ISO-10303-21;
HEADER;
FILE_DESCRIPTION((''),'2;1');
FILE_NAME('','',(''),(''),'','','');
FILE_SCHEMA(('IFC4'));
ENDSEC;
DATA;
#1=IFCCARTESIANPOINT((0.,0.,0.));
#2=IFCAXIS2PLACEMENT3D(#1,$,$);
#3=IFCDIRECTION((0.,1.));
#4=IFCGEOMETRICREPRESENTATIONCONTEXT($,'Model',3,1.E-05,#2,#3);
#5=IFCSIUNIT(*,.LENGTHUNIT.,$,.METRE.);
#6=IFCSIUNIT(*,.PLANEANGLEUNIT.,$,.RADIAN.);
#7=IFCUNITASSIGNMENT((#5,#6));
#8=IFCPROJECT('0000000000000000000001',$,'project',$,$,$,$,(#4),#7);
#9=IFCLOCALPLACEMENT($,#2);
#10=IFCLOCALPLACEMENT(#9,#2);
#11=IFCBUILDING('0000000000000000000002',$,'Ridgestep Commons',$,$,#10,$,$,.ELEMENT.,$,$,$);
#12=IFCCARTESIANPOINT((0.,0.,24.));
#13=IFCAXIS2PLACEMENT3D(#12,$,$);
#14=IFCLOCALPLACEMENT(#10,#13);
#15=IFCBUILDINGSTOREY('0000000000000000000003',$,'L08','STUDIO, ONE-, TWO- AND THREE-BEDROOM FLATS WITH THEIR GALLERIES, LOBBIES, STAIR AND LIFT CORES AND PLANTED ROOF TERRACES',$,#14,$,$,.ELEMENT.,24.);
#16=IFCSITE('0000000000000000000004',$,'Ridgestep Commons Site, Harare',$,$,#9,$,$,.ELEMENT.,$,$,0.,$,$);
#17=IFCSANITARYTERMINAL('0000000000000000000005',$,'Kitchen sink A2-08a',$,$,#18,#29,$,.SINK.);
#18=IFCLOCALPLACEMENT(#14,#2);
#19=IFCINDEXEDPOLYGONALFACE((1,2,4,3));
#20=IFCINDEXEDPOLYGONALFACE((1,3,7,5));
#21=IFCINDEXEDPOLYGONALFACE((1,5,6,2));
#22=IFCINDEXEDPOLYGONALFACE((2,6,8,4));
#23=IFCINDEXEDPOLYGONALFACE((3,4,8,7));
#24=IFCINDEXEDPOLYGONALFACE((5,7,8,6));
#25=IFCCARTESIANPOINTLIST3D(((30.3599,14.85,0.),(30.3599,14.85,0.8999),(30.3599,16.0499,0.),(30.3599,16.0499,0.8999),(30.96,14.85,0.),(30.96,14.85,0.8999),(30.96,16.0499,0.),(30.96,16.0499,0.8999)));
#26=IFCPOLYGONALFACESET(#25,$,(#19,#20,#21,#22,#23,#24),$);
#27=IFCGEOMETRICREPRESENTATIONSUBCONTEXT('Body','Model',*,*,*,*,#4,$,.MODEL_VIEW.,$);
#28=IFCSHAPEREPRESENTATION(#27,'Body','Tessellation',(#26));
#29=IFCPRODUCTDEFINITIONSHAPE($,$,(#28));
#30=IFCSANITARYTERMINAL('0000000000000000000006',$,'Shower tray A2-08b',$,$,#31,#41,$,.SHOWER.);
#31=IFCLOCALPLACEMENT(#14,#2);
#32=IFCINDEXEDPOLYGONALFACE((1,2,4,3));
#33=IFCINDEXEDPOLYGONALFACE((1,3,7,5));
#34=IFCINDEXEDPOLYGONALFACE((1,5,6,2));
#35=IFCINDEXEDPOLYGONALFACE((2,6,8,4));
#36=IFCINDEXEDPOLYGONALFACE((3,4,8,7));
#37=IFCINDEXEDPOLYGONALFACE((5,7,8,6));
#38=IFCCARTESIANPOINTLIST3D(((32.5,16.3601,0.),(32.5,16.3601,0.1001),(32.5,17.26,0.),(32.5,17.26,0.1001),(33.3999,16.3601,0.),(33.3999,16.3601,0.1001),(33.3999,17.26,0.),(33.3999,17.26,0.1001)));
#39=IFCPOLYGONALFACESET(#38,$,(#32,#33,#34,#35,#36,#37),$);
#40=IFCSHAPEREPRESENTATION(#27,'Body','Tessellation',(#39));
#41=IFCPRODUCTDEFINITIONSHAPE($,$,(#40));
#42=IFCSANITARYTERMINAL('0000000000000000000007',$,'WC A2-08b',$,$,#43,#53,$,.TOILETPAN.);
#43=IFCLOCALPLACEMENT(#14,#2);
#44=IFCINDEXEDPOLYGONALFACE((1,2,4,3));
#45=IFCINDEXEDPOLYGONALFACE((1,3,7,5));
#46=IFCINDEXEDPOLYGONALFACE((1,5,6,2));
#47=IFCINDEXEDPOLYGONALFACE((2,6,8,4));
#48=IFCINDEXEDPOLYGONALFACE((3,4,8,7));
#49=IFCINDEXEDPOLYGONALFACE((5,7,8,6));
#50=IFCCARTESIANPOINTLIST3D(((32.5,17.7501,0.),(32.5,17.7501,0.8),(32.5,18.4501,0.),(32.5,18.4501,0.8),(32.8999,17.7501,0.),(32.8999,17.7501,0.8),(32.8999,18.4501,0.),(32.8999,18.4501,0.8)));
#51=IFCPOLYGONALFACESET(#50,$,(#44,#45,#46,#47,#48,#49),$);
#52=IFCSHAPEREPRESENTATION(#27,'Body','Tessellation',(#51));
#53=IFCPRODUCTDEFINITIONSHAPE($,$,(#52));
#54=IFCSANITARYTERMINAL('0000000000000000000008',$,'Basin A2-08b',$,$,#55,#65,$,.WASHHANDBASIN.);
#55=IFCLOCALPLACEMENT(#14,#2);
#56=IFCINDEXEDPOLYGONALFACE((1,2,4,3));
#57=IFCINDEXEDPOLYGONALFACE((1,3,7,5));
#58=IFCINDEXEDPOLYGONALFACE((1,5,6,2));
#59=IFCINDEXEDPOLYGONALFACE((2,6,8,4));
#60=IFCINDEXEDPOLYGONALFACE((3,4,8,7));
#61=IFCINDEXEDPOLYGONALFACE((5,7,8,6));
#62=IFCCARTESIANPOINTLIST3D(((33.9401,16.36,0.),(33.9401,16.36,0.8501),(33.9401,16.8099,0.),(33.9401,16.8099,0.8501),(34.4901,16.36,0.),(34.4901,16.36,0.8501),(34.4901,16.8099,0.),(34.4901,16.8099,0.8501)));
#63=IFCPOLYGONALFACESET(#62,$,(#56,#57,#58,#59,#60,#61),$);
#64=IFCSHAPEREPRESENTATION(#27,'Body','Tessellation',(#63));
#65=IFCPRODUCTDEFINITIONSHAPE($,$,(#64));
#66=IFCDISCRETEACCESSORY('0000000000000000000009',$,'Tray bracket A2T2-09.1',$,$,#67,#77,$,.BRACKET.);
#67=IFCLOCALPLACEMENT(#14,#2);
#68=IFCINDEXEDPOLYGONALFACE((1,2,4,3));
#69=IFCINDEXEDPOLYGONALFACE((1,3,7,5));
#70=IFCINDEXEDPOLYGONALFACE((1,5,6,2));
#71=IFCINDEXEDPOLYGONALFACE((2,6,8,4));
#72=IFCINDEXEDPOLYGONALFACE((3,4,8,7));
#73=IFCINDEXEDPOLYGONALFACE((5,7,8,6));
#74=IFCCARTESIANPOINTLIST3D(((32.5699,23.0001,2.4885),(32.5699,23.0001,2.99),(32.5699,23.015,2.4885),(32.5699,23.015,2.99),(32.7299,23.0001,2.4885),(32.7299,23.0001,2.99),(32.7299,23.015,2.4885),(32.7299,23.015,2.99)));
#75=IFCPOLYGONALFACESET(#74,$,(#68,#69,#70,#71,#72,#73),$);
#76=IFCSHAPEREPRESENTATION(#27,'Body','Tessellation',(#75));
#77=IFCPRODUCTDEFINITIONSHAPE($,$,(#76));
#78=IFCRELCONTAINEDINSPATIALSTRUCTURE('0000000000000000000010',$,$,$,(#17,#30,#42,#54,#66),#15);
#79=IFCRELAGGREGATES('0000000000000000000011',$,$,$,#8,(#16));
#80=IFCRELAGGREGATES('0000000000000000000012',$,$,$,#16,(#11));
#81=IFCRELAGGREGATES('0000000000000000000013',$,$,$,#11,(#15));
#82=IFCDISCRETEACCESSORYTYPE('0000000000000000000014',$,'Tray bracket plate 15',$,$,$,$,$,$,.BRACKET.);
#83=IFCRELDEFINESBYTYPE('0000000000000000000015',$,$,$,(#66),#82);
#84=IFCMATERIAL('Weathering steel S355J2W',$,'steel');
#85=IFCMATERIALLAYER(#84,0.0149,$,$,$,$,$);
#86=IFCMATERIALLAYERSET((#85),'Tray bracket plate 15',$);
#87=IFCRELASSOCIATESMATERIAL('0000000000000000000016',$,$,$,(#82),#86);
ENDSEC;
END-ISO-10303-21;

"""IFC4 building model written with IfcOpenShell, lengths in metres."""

from ifc_helpers import new_model, si_unit, direction, frame, origin, origin_2d, place, context, subcontext, project, spatial, rectangle, extrude, material, layer, layer_set, type_object, element, save


model = new_model("IFC4")

# Units and contexts
model_context = context("Model", 3, precision=1e-05, world=origin(), true_north=direction((0.0, 1.0)))
body_context = subcontext(model_context, "Body", "Model", "MODEL_VIEW")
ifc_project = project(units=[si_unit("LENGTHUNIT", "METRE"), si_unit("PLANEANGLEUNIT", "RADIAN")], contexts=[model_context])

# Site, building, storey
site_placement = place(None, origin())
site = spatial("IfcSite", under=ifc_project, at=site_placement, Name="Ridgestep Commons Site, Harare", CompositionType="ELEMENT", RefElevation=0.0)
building_placement = place(site_placement, origin())
building = spatial("IfcBuilding", under=site, at=building_placement, Name="Ridgestep Commons", CompositionType="ELEMENT")
storey_placement = place(building_placement, frame((0.0, 0.0, 24.0)))
storey = spatial("IfcBuildingStorey", under=building, at=storey_placement, Name="L08", Description="STUDIO, ONE-, TWO- AND THREE-BEDROOM FLATS WITH THEIR GALLERIES, LOBBIES, STAIR AND LIFT CORES AND PLANTED ROOF TERRACES", CompositionType="ELEMENT", Elevation=24.0)

# Sanitary terminals
sanitary_terminal_1_placement = place(storey_placement, frame((30.6599, 15.45, 0.0), z_axis=(0.0, 0.0, 1.0), x_axis=(1.0, 0.0, 0.0)))
element("IfcSanitaryTerminal", 1, at=sanitary_terminal_1_placement, inside=storey, Name="Kitchen sink A2-08a", PredefinedType="SINK", context=body_context, shape_type="SweptSolid", body=[
    extrude(rectangle(XDim=0.6001, YDim=1.2, at=origin_2d()), origin(), (0.0, 0.0, 1.0), 0.8999),
])
sanitary_terminal_2_placement = place(storey_placement, frame((32.95, 16.8101, 0.0), z_axis=(0.0, 0.0, 1.0), x_axis=(1.0, 0.0, 0.0)))
element("IfcSanitaryTerminal", 2, at=sanitary_terminal_2_placement, inside=storey, Name="Shower tray A2-08b", PredefinedType="SHOWER", context=body_context, shape_type="SweptSolid", body=[
    extrude(rectangle(XDim=0.8999, YDim=0.8999, at=origin_2d()), origin(), (0.0, 0.0, 1.0), 0.1001),
])
sanitary_terminal_3_placement = place(storey_placement, frame((32.7, 18.1001, 0.0), z_axis=(0.0, 0.0, 1.0), x_axis=(1.0, 0.0, 0.0)))
element("IfcSanitaryTerminal", 3, at=sanitary_terminal_3_placement, inside=storey, Name="WC A2-08b", PredefinedType="TOILETPAN", context=body_context, shape_type="SweptSolid", body=[
    extrude(rectangle(XDim=0.3999, YDim=0.7, at=origin_2d()), origin(), (0.0, 0.0, 1.0), 0.8),
])
sanitary_terminal_4_placement = place(storey_placement, frame((34.2151, 16.585, 0.0), z_axis=(0.0, 0.0, 1.0), x_axis=(1.0, 0.0, 0.0)))
element("IfcSanitaryTerminal", 4, at=sanitary_terminal_4_placement, inside=storey, Name="Basin A2-08b", PredefinedType="WASHHANDBASIN", context=body_context, shape_type="SweptSolid", body=[
    extrude(rectangle(XDim=0.55, YDim=0.45, at=origin_2d()), origin(), (0.0, 0.0, 1.0), 0.8501),
])

# Discrete accessory
ifc_material_1 = material(Name="Weathering steel S355J2W", Category="steel")
ifc_layer_1 = layer(ifc_material_1, 0.0149)
ifc_layer_set_1 = layer_set([ifc_layer_1], Name="Tray bracket plate 15")
discrete_accessory_type = type_object("IfcDiscreteAccessoryType", Name="Tray bracket plate 15", PredefinedType="BRACKET", material=ifc_layer_set_1)
discrete_accessory_placement = place(storey_placement, frame((32.6499, 23.0076, 2.4885), z_axis=(0.0, 0.0, 1.0), x_axis=(1.0, 0.0, 0.0)))
element("IfcDiscreteAccessory", 5, at=discrete_accessory_placement, inside=storey, type_object=discrete_accessory_type, Name="Tray bracket A2T2-09.1", PredefinedType="BRACKET", context=body_context, shape_type="SweptSolid", body=[
    extrude(rectangle(XDim=0.1599, YDim=0.0149, at=origin_2d()), origin(), (0.0, 0.0, 1.0), 0.5015),
])

save(model, "model.ifc")
